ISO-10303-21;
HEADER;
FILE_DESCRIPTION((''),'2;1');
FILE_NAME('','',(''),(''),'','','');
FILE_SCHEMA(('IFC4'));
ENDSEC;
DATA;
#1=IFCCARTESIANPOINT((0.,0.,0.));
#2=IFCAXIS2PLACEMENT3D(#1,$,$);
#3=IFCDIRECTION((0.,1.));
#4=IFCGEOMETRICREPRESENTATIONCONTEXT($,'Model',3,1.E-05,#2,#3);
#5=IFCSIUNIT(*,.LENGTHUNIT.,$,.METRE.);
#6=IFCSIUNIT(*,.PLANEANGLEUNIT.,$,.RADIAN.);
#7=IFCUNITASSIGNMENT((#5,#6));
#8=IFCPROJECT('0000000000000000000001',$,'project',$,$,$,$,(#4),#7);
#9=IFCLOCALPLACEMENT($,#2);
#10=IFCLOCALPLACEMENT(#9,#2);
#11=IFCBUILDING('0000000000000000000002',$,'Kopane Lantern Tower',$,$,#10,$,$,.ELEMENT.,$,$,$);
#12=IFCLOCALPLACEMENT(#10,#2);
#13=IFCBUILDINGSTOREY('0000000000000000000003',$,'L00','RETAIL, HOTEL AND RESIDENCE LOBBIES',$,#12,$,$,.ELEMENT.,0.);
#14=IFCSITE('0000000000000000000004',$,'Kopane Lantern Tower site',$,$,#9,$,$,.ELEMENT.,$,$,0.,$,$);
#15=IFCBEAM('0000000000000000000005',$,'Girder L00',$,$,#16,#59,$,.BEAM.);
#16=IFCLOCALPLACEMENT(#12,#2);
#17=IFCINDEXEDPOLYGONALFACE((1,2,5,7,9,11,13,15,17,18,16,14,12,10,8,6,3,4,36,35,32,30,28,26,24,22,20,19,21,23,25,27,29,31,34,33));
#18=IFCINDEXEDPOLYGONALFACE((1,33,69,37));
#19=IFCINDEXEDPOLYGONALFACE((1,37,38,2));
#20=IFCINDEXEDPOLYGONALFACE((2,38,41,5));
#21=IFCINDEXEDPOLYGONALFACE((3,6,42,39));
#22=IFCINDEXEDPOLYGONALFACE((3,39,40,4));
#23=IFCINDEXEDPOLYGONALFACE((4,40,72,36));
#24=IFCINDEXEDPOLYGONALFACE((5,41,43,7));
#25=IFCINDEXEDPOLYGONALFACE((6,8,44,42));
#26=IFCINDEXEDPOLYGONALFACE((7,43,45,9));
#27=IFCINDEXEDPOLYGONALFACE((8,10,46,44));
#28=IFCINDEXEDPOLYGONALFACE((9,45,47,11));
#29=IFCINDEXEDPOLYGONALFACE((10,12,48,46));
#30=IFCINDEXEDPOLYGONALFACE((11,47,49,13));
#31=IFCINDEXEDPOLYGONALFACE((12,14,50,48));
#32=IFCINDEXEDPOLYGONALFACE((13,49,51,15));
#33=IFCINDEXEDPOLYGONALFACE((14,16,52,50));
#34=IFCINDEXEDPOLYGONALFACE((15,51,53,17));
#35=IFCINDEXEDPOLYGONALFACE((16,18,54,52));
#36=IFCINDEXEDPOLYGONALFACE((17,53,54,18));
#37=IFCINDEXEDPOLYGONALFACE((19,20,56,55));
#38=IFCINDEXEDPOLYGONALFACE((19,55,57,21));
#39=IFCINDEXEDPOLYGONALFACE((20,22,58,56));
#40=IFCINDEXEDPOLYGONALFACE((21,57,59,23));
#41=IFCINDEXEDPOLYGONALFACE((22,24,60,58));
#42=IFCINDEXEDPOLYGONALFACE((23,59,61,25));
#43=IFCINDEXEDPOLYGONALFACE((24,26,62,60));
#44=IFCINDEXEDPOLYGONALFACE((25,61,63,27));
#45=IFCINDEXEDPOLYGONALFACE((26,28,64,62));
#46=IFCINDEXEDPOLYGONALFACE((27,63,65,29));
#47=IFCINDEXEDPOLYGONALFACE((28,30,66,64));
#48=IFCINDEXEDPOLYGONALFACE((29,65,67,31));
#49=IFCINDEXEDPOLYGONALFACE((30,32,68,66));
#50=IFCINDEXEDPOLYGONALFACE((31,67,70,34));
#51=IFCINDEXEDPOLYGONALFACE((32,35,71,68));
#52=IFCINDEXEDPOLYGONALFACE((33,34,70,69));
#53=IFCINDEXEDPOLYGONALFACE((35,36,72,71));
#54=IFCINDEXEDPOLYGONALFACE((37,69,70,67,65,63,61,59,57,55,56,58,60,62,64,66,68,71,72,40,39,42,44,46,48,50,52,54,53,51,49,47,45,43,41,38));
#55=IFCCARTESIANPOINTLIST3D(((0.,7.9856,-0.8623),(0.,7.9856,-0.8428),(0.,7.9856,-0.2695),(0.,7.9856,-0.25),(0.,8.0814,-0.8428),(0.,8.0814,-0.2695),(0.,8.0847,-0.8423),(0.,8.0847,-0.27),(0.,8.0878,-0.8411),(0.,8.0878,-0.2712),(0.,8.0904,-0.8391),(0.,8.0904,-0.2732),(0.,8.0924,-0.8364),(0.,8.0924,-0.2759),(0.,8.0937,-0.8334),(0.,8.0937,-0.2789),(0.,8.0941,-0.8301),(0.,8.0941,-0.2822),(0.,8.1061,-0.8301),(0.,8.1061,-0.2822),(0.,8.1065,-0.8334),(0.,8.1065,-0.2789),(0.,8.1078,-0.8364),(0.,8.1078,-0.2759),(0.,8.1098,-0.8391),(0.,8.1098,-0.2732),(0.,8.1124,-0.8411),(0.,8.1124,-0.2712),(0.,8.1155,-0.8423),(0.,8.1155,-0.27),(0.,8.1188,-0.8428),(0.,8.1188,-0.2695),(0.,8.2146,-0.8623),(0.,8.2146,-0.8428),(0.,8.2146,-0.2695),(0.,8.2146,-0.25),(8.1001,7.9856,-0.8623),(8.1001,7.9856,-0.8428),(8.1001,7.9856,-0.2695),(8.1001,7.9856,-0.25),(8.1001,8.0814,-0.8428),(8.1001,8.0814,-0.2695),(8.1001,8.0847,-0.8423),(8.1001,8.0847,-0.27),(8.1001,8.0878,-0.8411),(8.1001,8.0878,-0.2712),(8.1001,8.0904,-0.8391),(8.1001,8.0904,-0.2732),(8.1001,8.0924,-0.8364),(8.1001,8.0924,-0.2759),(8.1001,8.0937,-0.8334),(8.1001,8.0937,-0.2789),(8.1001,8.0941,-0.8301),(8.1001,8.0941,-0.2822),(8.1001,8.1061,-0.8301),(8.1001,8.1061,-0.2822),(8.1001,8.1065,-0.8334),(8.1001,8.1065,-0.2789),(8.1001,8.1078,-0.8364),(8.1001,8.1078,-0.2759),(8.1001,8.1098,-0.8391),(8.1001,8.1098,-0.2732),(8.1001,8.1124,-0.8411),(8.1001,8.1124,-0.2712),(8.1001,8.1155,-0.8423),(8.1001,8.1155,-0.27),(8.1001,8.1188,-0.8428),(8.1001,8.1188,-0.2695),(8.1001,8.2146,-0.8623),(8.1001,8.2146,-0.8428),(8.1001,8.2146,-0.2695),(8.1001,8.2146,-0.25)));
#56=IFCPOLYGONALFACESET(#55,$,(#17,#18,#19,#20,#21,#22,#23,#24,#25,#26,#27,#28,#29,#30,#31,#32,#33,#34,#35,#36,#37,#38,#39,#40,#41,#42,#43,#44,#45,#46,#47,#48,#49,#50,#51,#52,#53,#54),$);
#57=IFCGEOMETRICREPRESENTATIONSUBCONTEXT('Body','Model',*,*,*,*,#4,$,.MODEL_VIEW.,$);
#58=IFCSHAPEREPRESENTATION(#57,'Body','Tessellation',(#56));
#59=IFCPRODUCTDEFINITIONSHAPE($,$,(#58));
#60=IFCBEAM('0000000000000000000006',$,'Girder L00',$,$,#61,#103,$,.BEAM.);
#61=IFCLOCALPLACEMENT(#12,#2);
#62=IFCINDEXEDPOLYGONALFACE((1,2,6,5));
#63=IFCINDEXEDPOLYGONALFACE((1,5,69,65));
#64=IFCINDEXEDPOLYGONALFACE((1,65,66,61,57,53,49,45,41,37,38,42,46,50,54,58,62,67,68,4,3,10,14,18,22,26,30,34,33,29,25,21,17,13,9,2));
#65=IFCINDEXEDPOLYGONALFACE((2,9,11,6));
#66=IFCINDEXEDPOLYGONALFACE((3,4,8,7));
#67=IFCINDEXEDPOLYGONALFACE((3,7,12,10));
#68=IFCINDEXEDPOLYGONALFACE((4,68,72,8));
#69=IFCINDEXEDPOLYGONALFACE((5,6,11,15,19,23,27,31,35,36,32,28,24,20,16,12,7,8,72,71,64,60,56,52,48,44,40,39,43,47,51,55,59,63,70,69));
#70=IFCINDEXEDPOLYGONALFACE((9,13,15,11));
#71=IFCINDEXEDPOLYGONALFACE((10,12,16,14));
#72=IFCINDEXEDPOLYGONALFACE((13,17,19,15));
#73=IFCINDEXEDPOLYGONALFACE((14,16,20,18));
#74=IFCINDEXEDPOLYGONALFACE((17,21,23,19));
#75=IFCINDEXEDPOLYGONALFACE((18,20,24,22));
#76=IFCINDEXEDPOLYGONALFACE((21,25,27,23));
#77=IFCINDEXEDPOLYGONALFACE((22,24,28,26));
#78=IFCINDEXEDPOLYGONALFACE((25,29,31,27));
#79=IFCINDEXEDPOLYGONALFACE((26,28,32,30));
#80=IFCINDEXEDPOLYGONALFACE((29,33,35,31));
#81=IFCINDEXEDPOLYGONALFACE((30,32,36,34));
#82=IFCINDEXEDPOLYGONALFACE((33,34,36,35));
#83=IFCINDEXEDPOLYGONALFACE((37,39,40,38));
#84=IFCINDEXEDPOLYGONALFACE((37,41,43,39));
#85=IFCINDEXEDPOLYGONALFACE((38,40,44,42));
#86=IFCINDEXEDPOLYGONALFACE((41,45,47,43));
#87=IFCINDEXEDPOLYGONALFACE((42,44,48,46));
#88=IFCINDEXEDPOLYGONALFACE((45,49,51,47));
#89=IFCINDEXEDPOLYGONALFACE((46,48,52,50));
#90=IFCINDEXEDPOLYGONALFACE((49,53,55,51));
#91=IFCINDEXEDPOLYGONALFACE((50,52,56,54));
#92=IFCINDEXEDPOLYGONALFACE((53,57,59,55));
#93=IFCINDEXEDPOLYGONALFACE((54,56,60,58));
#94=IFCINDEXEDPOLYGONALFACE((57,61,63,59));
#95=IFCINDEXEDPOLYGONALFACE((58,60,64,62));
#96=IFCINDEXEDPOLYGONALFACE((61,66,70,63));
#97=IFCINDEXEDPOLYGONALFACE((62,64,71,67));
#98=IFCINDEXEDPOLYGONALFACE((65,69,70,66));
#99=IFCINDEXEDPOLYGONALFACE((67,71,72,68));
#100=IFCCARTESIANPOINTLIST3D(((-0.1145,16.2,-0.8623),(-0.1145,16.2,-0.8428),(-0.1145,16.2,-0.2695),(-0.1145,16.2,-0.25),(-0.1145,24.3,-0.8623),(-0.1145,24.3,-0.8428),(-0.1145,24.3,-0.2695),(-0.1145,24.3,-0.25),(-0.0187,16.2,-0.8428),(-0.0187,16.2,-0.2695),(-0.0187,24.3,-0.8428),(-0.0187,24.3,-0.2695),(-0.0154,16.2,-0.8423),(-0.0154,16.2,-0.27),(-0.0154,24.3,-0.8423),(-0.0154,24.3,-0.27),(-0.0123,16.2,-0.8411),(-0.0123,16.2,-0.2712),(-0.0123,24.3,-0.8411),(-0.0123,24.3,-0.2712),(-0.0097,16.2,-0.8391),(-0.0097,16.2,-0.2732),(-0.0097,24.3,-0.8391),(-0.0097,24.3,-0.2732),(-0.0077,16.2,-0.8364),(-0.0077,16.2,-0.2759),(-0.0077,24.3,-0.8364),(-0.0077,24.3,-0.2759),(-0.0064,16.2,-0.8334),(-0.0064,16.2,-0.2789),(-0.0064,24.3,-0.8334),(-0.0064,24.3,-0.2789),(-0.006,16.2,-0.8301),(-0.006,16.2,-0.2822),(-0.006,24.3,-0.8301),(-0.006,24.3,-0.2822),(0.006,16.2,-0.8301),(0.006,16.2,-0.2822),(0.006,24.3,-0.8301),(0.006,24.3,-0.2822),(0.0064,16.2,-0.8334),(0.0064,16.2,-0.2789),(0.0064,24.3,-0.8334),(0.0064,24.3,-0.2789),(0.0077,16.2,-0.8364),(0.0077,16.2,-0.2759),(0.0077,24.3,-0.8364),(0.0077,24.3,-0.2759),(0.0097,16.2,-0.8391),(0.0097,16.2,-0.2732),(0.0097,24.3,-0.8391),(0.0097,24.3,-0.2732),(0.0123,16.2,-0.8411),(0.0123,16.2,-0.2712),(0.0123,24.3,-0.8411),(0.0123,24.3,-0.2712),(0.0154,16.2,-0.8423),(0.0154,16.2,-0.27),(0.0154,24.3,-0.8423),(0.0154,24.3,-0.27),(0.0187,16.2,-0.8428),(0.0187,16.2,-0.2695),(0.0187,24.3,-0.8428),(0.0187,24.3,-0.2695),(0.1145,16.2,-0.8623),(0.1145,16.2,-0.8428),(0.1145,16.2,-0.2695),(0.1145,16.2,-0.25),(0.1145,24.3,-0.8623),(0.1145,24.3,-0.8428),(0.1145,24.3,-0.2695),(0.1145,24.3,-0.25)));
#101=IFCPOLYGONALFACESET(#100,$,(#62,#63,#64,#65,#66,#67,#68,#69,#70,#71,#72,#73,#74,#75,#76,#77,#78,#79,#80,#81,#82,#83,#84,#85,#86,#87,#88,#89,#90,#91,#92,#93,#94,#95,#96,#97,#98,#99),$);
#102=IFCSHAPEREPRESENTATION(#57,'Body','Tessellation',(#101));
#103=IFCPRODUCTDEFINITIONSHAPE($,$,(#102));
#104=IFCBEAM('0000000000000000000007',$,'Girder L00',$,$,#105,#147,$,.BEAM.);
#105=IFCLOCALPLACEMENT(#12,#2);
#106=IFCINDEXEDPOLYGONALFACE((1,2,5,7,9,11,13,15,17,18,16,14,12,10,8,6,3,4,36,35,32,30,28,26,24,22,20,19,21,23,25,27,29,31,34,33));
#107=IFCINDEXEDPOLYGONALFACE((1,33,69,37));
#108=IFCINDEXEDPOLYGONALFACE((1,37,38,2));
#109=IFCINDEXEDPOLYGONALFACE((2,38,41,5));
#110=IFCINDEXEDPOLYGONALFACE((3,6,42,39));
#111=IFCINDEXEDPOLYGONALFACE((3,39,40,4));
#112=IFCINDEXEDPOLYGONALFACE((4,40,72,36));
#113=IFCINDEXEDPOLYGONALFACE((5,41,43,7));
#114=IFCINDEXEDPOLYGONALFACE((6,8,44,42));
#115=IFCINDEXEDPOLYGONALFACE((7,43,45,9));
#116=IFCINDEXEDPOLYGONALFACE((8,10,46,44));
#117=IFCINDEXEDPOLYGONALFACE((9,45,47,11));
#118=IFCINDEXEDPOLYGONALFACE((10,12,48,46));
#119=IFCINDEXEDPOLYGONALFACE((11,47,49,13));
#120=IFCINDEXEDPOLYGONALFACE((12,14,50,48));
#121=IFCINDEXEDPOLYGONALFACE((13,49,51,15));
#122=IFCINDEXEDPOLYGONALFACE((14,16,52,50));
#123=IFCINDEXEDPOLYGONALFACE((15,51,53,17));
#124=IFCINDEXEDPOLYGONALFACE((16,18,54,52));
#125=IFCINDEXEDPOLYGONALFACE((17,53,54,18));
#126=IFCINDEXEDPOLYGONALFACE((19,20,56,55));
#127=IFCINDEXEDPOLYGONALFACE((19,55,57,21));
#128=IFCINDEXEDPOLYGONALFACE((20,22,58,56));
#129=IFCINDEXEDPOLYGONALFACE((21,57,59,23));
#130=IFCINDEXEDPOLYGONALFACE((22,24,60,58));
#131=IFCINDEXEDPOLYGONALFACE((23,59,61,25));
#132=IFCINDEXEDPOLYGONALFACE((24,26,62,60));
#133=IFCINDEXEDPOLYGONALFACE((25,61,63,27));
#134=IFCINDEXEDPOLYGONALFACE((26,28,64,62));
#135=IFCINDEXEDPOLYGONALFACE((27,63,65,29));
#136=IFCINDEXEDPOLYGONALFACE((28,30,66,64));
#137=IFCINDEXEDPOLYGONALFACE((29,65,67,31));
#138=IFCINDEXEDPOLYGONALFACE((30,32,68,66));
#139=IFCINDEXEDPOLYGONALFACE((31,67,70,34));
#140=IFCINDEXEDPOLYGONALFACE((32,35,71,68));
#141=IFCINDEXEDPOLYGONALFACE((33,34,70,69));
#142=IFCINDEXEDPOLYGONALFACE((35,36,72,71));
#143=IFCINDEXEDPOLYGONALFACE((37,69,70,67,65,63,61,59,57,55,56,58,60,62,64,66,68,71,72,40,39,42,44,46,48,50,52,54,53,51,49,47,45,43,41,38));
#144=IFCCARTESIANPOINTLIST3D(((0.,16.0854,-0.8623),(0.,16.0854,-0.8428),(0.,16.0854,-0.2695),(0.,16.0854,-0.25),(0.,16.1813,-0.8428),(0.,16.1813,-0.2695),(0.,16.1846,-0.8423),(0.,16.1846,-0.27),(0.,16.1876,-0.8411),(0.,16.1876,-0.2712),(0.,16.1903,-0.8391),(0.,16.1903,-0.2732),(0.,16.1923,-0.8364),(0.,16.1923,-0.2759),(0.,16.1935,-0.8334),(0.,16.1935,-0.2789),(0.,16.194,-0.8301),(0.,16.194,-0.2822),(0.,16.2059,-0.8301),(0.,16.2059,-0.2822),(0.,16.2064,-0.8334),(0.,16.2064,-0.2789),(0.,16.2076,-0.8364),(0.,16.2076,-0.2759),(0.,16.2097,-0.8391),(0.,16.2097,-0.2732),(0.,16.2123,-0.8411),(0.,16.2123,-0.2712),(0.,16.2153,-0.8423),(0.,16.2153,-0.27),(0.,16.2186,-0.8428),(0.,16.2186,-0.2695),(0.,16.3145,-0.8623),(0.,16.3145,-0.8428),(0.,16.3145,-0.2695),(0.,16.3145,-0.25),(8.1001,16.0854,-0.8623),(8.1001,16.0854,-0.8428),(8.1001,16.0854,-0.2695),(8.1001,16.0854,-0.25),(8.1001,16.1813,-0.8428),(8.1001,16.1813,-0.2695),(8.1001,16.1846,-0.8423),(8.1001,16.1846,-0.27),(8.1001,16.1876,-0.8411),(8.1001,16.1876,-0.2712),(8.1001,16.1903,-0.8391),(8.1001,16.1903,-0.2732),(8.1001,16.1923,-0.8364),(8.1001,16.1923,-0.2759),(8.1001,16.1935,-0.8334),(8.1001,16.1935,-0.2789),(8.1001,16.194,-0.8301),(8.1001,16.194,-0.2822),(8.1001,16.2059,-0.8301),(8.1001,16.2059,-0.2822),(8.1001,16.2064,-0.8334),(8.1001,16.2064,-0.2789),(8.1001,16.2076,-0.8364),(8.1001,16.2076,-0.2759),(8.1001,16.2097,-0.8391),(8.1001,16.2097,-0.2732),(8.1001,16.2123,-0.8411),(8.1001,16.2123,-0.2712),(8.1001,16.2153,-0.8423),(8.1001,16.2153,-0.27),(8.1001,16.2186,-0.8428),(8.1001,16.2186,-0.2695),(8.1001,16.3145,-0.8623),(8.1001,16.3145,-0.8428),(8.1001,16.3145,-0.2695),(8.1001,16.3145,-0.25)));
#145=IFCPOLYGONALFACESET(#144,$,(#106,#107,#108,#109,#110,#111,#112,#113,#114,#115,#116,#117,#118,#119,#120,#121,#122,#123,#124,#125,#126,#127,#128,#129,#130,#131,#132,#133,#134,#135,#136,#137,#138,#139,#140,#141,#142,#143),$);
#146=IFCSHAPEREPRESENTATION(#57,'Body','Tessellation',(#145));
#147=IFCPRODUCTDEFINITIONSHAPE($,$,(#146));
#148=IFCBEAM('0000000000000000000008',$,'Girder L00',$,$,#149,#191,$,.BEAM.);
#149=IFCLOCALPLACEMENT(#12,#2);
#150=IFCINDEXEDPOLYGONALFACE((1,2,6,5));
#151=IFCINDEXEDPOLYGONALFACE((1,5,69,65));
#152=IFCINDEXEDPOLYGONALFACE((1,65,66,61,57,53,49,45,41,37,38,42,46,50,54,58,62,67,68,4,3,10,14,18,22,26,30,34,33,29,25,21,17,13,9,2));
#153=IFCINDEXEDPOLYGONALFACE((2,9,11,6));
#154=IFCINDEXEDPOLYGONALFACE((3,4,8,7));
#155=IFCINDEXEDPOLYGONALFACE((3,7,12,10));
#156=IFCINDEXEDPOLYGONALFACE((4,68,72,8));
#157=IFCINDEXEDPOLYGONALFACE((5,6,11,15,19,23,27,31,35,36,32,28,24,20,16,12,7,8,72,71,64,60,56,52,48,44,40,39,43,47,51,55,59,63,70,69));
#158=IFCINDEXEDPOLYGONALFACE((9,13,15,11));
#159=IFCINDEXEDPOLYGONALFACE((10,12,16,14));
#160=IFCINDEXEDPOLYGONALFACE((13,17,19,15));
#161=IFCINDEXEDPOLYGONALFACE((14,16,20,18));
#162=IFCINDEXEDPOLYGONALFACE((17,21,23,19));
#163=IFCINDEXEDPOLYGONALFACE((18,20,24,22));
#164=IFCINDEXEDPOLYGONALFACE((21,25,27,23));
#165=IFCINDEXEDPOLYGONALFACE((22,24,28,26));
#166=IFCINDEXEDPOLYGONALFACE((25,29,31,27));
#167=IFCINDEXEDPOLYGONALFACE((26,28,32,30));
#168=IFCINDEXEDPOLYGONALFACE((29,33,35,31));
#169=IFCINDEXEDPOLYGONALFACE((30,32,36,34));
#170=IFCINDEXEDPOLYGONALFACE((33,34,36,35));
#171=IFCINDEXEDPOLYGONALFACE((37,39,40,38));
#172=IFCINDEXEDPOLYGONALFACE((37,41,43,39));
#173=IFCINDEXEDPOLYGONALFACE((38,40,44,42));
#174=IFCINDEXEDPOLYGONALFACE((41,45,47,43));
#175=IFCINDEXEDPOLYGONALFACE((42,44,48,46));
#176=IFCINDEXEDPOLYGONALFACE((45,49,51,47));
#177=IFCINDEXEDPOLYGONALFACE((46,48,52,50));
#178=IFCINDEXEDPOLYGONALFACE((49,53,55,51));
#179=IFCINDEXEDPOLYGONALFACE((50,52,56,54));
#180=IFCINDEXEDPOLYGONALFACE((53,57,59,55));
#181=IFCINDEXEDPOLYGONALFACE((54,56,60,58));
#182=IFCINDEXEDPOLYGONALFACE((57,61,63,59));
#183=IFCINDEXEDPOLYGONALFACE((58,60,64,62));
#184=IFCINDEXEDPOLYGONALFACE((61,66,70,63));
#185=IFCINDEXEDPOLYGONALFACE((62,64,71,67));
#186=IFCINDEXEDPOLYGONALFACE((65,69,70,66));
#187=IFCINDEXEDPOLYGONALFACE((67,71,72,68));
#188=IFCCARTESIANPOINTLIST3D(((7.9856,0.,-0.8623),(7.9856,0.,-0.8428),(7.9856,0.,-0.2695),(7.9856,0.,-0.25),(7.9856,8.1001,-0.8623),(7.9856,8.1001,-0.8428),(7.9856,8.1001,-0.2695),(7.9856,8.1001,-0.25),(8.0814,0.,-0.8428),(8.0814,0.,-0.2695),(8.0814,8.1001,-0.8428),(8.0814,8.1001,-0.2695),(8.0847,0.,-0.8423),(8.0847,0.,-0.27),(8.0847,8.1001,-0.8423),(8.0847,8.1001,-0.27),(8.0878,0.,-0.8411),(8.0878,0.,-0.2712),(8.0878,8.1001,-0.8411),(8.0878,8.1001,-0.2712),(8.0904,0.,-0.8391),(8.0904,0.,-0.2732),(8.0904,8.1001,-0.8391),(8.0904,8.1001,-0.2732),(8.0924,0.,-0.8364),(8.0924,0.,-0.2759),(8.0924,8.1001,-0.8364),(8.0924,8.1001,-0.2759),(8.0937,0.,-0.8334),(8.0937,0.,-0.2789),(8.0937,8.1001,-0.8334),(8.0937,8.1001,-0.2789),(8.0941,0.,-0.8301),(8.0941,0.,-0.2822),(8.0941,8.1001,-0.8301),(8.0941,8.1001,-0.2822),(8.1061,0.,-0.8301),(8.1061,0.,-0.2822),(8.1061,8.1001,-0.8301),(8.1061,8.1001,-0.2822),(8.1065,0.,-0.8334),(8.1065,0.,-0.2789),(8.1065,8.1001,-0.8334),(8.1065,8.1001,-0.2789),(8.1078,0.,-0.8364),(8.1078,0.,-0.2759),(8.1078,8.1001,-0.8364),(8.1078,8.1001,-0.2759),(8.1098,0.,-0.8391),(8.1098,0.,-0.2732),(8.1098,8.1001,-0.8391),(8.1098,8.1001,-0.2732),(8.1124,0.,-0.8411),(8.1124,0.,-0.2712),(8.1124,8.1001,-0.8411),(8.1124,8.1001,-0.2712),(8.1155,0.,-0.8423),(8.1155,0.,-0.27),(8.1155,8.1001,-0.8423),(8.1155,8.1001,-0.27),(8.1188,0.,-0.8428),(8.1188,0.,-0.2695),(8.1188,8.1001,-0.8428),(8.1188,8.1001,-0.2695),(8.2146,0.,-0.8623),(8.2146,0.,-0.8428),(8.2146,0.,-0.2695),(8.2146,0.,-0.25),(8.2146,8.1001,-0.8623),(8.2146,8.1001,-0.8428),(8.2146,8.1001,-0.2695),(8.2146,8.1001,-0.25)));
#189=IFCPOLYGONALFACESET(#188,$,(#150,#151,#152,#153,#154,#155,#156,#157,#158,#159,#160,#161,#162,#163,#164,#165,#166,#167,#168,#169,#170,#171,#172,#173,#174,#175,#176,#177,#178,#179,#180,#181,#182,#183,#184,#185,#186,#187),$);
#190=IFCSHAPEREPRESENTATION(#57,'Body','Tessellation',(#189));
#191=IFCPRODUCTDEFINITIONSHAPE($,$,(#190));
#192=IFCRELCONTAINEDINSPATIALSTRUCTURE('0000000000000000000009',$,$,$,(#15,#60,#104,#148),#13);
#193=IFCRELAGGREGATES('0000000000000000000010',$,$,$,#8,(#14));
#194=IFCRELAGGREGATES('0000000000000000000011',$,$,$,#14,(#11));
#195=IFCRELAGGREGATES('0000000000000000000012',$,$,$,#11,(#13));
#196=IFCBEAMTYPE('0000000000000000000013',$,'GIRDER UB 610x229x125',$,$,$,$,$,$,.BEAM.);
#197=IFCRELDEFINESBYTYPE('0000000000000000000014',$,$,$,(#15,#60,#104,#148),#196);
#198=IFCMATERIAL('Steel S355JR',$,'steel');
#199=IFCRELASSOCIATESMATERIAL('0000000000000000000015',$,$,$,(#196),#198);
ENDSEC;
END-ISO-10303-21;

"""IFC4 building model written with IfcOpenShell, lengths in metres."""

from ifc_helpers import new_model, si_unit, direction, frame, origin, origin_2d, place, context, subcontext, project, spatial, i_section, extrude, material, material_profile, profile_set, type_object, element, save


model = new_model("IFC4")

# Units and contexts
model_context = context("Model", 3, precision=1e-05, world=origin(), true_north=direction((0.0, 1.0)))
body_context = subcontext(model_context, "Body", "Model", "MODEL_VIEW")
ifc_project = project(units=[si_unit("LENGTHUNIT", "METRE"), si_unit("PLANEANGLEUNIT", "RADIAN")], contexts=[model_context])

# Site, building, storey
site_placement = place(None, origin())
site = spatial("IfcSite", under=ifc_project, at=site_placement, Name="Kopane Lantern Tower site", CompositionType="ELEMENT", RefElevation=0.0)
building_placement = place(site_placement, origin())
building = spatial("IfcBuilding", under=site, at=building_placement, Name="Kopane Lantern Tower", CompositionType="ELEMENT")
storey_placement = place(building_placement, origin())
storey = spatial("IfcBuildingStorey", under=building, at=storey_placement, Name="L00", Description="RETAIL, HOTEL AND RESIDENCE LOBBIES", CompositionType="ELEMENT", Elevation=0.0)

# Beams
ifc_material_1 = material(Name="Steel S355JR", Category="steel")
ifc_material_profile_1 = material_profile(ifc_material_1, i_section(OverallWidth=0.229, OverallDepth=0.6123, WebThickness=0.012, FlangeThickness=0.0195, FilletRadius=0.0127, at=origin_2d()), Name="UB 610x229x125")
ifc_profile_set_1 = profile_set([ifc_material_profile_1], Name="Steel S355JR")
beam_type = type_object("IfcBeamType", Name="GIRDER UB 610x229x125", PredefinedType="BEAM", material=ifc_profile_set_1)
for number, where, z_axis, x_axis, name in (
    (1, (0.0, 8.1001, -0.5562), (1.0, 0.0, 0.0), (0.0, 1.0, 0.0), "Girder L00"),
    (2, (0.0, 16.2, -0.5562), (0.0, 1.0, 0.0), (-1.0, 0.0, 0.0), "Girder L00"),
    (3, (0.0, 16.2, -0.5562), (1.0, 0.0, 0.0), (0.0, 1.0, 0.0), "Girder L00"),
    (4, (8.1001, 0.0, -0.5562), (0.0, 1.0, 0.0), (-1.0, 0.0, 0.0), "Girder L00"),
):
    element("IfcBeam", number, at=place(storey_placement, frame(where, z_axis=z_axis, x_axis=x_axis)), inside=storey, type_object=beam_type, Name=name, PredefinedType="BEAM", context=body_context, shape_type="SweptSolid", body=[
        extrude(i_section(OverallWidth=0.229, OverallDepth=0.6123, WebThickness=0.012, FlangeThickness=0.0195, FilletRadius=0.0127, at=origin_2d()), origin(), (0.0, 0.0, 1.0), 8.1001),
    ])

save(model, "model.ifc")
